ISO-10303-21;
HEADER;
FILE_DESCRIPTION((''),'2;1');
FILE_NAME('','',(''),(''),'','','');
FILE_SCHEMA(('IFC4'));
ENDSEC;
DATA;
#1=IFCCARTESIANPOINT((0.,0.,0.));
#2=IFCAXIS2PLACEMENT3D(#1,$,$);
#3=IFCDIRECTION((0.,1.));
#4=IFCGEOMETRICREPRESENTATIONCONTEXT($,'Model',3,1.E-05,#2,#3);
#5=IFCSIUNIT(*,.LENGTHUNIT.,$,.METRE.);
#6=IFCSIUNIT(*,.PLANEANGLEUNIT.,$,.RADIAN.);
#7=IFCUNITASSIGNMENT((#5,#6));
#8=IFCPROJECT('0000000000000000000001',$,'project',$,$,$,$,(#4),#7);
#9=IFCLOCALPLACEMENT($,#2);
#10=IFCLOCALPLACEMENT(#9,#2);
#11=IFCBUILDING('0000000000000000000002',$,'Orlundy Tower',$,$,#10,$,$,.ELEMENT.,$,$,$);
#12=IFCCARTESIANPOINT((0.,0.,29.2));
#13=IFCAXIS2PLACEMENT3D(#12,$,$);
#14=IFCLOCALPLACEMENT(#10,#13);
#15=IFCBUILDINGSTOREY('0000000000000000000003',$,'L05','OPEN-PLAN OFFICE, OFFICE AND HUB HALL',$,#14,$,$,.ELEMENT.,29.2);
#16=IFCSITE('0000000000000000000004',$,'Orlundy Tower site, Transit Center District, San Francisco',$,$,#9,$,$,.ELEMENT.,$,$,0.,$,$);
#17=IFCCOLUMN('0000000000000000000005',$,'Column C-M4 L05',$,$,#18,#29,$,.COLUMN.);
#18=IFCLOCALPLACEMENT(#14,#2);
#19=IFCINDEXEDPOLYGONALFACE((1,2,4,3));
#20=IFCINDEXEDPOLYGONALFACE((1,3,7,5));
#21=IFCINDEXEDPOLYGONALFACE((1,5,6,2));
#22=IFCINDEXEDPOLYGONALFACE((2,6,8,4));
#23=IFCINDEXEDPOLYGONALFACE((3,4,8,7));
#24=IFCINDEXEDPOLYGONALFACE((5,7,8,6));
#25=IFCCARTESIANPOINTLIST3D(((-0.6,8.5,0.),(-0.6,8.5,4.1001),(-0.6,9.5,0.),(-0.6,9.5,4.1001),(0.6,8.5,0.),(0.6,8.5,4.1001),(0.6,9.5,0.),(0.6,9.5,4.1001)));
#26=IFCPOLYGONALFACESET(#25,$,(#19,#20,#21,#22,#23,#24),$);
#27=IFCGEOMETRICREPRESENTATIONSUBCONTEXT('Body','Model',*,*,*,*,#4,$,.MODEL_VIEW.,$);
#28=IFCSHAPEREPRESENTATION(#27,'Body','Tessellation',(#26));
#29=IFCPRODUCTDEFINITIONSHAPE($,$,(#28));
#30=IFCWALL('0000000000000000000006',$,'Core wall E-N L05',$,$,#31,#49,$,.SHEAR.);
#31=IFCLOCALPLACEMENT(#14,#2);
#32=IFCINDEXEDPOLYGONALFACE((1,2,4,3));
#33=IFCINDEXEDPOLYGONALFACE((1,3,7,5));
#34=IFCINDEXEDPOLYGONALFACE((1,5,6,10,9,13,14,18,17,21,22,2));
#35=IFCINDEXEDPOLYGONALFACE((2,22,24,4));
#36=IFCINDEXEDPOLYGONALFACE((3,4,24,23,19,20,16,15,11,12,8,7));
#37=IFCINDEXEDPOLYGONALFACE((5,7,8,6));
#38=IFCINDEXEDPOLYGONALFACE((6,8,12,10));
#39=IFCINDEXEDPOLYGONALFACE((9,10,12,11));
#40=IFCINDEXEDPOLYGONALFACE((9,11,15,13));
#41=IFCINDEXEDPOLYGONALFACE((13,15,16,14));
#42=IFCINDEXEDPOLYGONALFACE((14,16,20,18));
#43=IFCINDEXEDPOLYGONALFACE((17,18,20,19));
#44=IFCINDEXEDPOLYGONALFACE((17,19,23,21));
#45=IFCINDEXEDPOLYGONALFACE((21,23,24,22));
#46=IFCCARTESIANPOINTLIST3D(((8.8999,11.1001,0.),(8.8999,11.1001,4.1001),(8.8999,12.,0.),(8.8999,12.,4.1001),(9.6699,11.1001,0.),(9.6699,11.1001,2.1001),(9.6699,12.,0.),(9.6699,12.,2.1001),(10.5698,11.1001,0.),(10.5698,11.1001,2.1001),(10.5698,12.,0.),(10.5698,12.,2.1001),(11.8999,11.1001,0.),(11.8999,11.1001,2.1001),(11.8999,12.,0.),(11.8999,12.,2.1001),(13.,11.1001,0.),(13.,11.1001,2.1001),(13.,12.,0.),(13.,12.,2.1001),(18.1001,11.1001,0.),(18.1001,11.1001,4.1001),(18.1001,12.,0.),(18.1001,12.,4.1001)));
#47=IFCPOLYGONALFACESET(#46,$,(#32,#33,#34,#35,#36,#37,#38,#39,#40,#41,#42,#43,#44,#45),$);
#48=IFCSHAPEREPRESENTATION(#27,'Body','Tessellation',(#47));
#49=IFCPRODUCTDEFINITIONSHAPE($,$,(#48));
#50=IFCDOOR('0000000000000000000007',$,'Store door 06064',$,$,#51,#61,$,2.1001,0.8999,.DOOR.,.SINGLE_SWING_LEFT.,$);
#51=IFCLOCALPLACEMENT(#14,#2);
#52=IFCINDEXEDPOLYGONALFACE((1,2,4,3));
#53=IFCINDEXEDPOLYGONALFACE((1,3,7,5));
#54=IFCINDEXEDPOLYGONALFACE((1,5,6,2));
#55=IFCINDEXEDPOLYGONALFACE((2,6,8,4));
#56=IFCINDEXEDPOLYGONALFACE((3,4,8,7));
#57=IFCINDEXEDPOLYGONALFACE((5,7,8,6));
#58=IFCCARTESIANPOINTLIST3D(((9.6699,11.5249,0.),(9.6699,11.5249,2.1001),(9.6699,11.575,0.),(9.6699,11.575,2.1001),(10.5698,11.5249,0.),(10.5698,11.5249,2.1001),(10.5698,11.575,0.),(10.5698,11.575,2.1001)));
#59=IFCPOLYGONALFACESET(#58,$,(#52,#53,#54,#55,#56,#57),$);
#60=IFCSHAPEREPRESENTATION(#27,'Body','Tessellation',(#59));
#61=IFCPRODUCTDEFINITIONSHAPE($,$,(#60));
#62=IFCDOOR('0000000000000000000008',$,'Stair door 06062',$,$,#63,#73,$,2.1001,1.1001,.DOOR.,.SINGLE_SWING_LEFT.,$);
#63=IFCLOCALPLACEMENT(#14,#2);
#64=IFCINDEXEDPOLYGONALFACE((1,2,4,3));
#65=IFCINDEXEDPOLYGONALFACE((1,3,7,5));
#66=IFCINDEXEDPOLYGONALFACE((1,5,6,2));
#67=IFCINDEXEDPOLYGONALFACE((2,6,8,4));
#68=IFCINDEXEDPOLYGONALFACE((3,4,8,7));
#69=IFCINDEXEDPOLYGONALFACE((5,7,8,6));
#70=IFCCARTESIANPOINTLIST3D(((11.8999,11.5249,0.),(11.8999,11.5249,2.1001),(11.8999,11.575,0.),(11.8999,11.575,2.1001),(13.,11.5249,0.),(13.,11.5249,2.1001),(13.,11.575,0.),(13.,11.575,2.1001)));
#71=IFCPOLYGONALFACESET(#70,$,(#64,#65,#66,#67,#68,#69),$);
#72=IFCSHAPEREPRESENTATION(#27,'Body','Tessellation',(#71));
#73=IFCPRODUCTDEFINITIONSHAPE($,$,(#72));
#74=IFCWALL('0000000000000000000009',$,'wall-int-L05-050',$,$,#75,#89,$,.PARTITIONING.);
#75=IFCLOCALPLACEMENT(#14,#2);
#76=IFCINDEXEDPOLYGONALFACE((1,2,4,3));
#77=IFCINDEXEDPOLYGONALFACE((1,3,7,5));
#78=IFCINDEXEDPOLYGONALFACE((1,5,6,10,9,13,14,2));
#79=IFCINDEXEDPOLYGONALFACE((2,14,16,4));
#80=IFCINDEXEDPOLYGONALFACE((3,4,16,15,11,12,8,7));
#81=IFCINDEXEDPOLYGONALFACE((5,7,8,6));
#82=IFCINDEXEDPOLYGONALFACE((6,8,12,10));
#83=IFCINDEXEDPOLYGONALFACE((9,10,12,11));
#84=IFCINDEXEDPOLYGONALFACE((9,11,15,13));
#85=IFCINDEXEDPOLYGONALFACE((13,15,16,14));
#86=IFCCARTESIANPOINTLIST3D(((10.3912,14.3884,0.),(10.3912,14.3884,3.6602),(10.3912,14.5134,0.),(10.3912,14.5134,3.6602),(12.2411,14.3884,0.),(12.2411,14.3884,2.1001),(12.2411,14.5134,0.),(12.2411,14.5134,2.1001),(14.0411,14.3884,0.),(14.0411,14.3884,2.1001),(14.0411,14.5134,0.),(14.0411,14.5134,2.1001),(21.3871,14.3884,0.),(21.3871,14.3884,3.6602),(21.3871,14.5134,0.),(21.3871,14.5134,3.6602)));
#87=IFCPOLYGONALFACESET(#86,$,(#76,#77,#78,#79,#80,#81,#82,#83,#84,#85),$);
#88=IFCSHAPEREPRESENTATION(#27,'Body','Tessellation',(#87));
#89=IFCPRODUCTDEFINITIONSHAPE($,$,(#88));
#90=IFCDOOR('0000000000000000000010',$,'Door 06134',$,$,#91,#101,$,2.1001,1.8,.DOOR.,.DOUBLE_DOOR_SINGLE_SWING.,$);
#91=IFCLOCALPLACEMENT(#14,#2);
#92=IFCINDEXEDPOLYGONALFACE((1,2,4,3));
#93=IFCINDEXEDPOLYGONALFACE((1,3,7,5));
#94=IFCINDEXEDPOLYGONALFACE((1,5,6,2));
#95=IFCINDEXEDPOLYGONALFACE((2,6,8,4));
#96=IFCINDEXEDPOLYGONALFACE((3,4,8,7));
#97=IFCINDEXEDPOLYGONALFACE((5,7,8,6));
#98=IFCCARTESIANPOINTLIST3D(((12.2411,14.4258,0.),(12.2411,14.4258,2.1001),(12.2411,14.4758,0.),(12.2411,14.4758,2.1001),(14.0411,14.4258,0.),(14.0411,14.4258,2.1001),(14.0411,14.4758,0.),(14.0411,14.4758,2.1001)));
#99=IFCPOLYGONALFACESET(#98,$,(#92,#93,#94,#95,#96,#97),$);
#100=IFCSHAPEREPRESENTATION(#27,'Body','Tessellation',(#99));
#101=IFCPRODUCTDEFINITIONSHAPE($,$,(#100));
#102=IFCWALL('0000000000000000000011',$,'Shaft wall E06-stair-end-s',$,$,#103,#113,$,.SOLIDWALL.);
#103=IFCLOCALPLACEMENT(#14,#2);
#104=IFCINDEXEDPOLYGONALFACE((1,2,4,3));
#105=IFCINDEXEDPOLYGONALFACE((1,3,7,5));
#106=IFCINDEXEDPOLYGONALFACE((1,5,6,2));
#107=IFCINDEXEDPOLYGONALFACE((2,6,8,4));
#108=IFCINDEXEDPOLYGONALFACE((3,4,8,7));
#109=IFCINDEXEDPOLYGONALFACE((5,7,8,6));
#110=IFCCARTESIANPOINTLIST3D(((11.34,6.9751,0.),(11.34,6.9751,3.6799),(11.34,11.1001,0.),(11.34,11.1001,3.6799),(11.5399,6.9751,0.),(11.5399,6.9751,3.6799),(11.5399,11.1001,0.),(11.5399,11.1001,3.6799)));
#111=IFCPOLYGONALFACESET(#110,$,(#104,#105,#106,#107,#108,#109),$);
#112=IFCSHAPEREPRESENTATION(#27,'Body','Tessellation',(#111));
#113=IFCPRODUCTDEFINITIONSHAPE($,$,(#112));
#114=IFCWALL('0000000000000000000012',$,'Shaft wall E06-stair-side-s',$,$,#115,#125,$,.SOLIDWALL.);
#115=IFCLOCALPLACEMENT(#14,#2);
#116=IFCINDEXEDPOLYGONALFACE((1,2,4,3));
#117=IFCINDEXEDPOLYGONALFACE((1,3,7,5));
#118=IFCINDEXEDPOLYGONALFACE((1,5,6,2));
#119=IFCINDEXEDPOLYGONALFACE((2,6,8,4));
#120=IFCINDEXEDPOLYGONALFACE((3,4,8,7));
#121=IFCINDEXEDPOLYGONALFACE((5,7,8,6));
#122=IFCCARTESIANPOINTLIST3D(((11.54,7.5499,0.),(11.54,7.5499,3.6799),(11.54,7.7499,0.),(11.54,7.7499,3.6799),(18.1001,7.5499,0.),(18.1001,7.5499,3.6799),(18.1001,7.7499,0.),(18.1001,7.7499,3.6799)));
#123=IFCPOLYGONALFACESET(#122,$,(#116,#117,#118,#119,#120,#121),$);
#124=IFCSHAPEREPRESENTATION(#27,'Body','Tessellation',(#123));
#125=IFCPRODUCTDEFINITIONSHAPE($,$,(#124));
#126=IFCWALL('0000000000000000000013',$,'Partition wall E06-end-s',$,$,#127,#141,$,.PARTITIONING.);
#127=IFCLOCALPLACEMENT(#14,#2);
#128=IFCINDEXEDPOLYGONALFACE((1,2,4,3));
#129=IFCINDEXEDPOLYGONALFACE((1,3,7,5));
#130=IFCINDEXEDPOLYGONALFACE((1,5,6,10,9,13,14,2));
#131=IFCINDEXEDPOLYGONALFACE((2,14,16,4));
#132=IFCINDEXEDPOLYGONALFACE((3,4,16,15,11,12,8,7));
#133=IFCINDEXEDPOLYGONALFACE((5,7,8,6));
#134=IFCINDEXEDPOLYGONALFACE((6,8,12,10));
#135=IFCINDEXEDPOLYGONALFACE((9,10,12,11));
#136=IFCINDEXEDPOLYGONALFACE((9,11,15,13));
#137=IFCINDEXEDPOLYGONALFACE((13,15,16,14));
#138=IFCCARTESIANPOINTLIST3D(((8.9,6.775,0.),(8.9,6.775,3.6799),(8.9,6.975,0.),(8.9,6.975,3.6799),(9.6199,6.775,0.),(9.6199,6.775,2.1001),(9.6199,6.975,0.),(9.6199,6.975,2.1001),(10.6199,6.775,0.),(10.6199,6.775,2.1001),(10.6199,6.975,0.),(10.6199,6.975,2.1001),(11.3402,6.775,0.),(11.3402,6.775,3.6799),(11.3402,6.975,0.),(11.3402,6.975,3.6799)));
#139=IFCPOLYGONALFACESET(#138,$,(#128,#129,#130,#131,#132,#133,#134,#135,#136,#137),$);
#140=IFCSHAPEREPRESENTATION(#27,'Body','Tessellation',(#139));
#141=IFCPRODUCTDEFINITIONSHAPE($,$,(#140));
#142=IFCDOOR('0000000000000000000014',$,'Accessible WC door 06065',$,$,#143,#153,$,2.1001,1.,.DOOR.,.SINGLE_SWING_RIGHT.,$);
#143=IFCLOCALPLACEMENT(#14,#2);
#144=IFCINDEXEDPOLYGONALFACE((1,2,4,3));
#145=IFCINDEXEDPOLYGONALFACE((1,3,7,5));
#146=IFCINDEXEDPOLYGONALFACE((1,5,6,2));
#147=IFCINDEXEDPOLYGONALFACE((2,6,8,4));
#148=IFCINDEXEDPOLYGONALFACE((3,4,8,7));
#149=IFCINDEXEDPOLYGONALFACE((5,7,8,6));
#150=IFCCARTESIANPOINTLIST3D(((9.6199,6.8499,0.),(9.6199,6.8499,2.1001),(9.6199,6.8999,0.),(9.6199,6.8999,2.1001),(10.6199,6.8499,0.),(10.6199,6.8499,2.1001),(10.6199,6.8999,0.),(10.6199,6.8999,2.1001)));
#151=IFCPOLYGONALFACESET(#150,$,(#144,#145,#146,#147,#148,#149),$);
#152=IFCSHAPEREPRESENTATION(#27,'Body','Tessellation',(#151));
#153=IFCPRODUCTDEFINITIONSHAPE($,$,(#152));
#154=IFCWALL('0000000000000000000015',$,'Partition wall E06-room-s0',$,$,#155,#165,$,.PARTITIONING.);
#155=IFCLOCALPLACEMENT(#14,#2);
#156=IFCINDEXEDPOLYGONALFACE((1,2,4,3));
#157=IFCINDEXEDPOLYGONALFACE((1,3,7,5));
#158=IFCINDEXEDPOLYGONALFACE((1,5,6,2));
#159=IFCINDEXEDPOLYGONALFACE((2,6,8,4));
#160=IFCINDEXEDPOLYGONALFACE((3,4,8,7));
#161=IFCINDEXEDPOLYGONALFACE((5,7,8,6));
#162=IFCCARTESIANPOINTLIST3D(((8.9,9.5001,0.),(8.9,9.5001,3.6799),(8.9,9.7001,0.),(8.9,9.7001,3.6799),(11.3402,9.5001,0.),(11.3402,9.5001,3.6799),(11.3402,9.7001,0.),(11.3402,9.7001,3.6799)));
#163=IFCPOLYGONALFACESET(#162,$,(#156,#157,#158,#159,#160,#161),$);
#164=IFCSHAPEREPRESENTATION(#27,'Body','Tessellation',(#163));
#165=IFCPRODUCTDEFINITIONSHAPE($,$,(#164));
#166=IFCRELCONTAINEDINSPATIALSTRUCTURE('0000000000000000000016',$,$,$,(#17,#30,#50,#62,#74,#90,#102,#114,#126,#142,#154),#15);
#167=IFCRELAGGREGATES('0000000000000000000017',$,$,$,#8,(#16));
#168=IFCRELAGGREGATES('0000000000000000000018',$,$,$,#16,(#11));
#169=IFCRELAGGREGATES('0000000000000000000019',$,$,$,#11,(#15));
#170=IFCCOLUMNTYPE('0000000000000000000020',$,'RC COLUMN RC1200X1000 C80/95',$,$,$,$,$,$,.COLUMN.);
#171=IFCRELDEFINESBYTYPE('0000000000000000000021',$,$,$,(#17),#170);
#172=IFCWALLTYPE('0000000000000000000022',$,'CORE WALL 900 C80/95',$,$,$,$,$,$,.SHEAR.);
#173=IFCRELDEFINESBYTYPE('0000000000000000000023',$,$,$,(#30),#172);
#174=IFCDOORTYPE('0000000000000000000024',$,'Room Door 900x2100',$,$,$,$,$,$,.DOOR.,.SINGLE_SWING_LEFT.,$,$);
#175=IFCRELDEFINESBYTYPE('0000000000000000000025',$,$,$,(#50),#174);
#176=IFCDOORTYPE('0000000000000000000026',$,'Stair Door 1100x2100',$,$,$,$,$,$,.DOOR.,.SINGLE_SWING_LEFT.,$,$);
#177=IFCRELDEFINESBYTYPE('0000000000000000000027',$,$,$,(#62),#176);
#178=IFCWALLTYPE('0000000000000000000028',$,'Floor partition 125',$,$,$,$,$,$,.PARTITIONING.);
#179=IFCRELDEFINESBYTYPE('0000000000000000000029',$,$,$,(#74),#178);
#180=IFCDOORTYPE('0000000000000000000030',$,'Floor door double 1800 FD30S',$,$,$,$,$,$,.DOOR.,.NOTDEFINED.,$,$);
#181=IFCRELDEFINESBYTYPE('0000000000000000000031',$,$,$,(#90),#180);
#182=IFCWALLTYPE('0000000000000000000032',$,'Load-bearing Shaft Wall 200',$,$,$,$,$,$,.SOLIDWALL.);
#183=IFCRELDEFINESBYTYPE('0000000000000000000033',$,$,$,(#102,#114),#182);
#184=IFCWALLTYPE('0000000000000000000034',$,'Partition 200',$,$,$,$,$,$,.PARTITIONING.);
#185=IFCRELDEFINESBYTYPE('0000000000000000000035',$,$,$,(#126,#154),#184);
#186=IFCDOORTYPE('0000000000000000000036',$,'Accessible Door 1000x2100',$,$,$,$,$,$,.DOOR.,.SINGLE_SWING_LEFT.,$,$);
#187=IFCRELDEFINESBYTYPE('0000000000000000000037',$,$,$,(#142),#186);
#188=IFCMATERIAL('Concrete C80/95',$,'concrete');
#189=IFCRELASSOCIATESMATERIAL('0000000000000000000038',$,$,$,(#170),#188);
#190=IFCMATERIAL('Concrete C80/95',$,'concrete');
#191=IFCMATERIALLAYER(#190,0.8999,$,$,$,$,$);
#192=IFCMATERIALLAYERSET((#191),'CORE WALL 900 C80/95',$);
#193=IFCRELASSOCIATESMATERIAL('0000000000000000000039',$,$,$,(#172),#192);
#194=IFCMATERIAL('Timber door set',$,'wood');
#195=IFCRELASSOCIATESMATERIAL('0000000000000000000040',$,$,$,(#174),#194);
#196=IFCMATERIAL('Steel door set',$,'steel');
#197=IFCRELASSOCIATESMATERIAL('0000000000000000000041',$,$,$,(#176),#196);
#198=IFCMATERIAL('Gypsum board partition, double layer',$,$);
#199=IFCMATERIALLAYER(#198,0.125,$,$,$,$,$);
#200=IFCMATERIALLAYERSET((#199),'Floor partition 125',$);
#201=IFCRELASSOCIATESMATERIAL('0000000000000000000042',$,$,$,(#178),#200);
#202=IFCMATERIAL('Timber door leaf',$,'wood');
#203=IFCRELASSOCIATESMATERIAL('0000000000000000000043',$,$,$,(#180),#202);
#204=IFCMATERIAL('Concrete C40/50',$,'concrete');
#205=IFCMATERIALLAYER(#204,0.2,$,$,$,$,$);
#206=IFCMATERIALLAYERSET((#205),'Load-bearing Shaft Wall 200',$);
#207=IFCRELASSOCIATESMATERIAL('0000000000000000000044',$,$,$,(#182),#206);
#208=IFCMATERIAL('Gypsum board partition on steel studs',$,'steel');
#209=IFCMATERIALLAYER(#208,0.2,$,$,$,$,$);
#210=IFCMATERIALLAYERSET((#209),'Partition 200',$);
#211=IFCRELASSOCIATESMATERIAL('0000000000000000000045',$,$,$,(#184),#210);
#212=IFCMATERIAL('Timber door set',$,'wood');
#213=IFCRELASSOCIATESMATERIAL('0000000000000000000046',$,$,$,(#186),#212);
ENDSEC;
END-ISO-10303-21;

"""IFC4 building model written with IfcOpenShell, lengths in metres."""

from ifc_helpers import new_model, si_unit, direction, frame, frame_2d, origin, origin_2d, place, context, subcontext, project, spatial, rectangle, extrude, material, layer, layer_set, material_profile, profile_set, type_object, element, fill, save


model = new_model("IFC4")

# Units and contexts
model_context = context("Model", 3, precision=1e-05, world=origin(), true_north=direction((0.0, 1.0)))
body_context = subcontext(model_context, "Body", "Model", "MODEL_VIEW")
ifc_project = project(units=[si_unit("LENGTHUNIT", "METRE"), si_unit("PLANEANGLEUNIT", "RADIAN")], contexts=[model_context])

# Site, building, storey
site_placement = place(None, origin())
site = spatial("IfcSite", under=ifc_project, at=site_placement, Name="Orlundy Tower site, Transit Center District, San Francisco", CompositionType="ELEMENT", RefElevation=0.0)
building_placement = place(site_placement, origin())
building = spatial("IfcBuilding", under=site, at=building_placement, Name="Orlundy Tower", CompositionType="ELEMENT")
storey_placement = place(building_placement, frame((0.0, 0.0, 29.2)))
storey = spatial("IfcBuildingStorey", under=building, at=storey_placement, Name="L05", Description="OPEN-PLAN OFFICE, OFFICE AND HUB HALL", CompositionType="ELEMENT", Elevation=29.2)

# Column
ifc_material_1 = material(Name="Concrete C80/95", Category="concrete")
ifc_material_profile = material_profile(ifc_material_1, rectangle(XDim=1.2, YDim=1.0, at=origin_2d()), Name="RC1200X1000")
ifc_profile_set = profile_set([ifc_material_profile], Name="Concrete C80/95")
column_type = type_object("IfcColumnType", Name="RC COLUMN RC1200X1000 C80/95", PredefinedType="COLUMN", material=ifc_profile_set)
column_placement = place(storey_placement, frame((0.0, 9.0, 0.0), z_axis=(0.0, 0.0, 1.0), x_axis=(1.0, 0.0, 0.0)))
element("IfcColumn", 1, at=column_placement, inside=storey, type_object=column_type, Name="Column C-M4 L05", PredefinedType="COLUMN", context=body_context, shape_type="SweptSolid", body=[
    extrude(rectangle(XDim=1.2, YDim=1.0, at=origin_2d()), origin(), (0.0, 0.0, 1.0), 4.1001),
])

# Wall, openings, doors
ifc_material_2 = material(Name="Concrete C80/95", Category="concrete")
ifc_layer_1 = layer(ifc_material_2, 0.8999)
ifc_layer_set_1 = layer_set([ifc_layer_1], Name="CORE WALL 900 C80/95")
wall_type_1 = type_object("IfcWallType", Name="CORE WALL 900 C80/95", PredefinedType="SHEAR", material=ifc_layer_set_1)
wall_1_placement = place(storey_placement, frame((8.8999, 11.55, 0.0), z_axis=(0.0, 0.0, 1.0), x_axis=(1.0, 0.0, 0.0)))
wall_1 = element("IfcWall", 2, at=wall_1_placement, inside=storey, type_object=wall_type_1, Name="Core wall E-N L05", PredefinedType="SHEAR", context=body_context, shape_type="SweptSolid", body=[
    extrude(rectangle(XDim=9.2002, YDim=0.8999, at=frame_2d((4.6001, 0.0))), origin(), (0.0, 0.0, 1.0), 4.1001),
])
opening_1_placement = place(wall_1_placement, frame((3.0, 0.0, 0.0)))
opening_1 = element("IfcOpeningElement", 3, at=opening_1_placement, cuts=wall_1, PredefinedType="OPENING", context=body_context, shape_type="SweptSolid", body=[
    extrude(rectangle(XDim=1.1001, YDim=2.1001, at=frame_2d((0.55, 1.05))), frame((0.0, 0.46, 0.0), z_axis=(0.0, -1.0, 0.0), x_axis=(1.0, 0.0, 0.0)), (0.0, 0.0, 1.0), 0.9199),
])
opening_2_placement = place(wall_1_placement, frame((0.77, 0.0, 0.0)))
opening_2 = element("IfcOpeningElement", 4, at=opening_2_placement, cuts=wall_1, PredefinedType="OPENING", context=body_context, shape_type="SweptSolid", body=[
    extrude(rectangle(XDim=0.8999, YDim=2.1001, at=frame_2d((0.45, 1.05))), frame((0.0, 0.46, 0.0), z_axis=(0.0, -1.0, 0.0), x_axis=(1.0, 0.0, 0.0)), (0.0, 0.0, 1.0), 0.9199),
])
ifc_material_3 = material(Name="Timber door set", Category="wood")
door_type_1 = type_object("IfcDoorType", Name="Room Door 900x2100", OperationType="SINGLE_SWING_LEFT", PredefinedType="DOOR", material=ifc_material_3)
door_1_placement = place(opening_2_placement, origin())
door_1 = element("IfcDoor", 5, at=door_1_placement, inside=storey, type_object=door_type_1, Name="Store door 06064", OperationType="SINGLE_SWING_LEFT", OverallHeight=2.1001, OverallWidth=0.8999, PredefinedType="DOOR", context=body_context, shape_type="SweptSolid", body=[
    extrude(rectangle(XDim=0.8999, YDim=2.1001, at=frame_2d((0.45, 1.05))), frame((0.0, 0.0249, 0.0), z_axis=(0.0, -1.0, 0.0), x_axis=(1.0, 0.0, 0.0)), (0.0, 0.0, 1.0), 0.05),
])
fill(opening_2, door_1)
ifc_material_4 = material(Name="Steel door set", Category="steel")
door_type_2 = type_object("IfcDoorType", Name="Stair Door 1100x2100", OperationType="SINGLE_SWING_LEFT", PredefinedType="DOOR", material=ifc_material_4)
door_2_placement = place(opening_1_placement, origin())
door_2 = element("IfcDoor", 6, at=door_2_placement, inside=storey, type_object=door_type_2, Name="Stair door 06062", OperationType="SINGLE_SWING_LEFT", OverallHeight=2.1001, OverallWidth=1.1001, PredefinedType="DOOR", context=body_context, shape_type="SweptSolid", body=[
    extrude(rectangle(XDim=1.1001, YDim=2.1001, at=frame_2d((0.55, 1.05))), frame((0.0, 0.0249, 0.0), z_axis=(0.0, -1.0, 0.0), x_axis=(1.0, 0.0, 0.0)), (0.0, 0.0, 1.0), 0.05),
])
fill(opening_1, door_2)

# Wall, opening, door
ifc_material_5 = material(Name="Gypsum board partition, double layer")
ifc_layer_2 = layer(ifc_material_5, 0.125)
ifc_layer_set_2 = layer_set([ifc_layer_2], Name="Floor partition 125")
wall_type_2 = type_object("IfcWallType", Name="Floor partition 125", PredefinedType="PARTITIONING", material=ifc_layer_set_2)
wall_2_placement = place(storey_placement, frame((10.3911, 14.4509, 0.0), z_axis=(0.0, 0.0, 1.0), x_axis=(1.0, 0.0, 0.0)))
wall_2 = element("IfcWall", 7, at=wall_2_placement, inside=storey, type_object=wall_type_2, Name="wall-int-L05-050", PredefinedType="PARTITIONING", context=body_context, shape_type="SweptSolid", body=[
    extrude(rectangle(XDim=10.9958, YDim=0.125, at=frame_2d((5.498, 0.0))), origin(), (0.0, 0.0, 1.0), 3.6602),
])
opening_3_placement = place(wall_2_placement, frame((1.8501, 0.0, 0.0)))
opening_3 = element("IfcOpeningElement", 8, at=opening_3_placement, cuts=wall_2, PredefinedType="OPENING", context=body_context, shape_type="SweptSolid", body=[
    extrude(rectangle(XDim=1.8, YDim=2.1001, at=frame_2d((0.8999, 1.05))), frame((0.0, 0.0725, 0.0), z_axis=(0.0, -1.0, 0.0), x_axis=(1.0, 0.0, 0.0)), (0.0, 0.0, 1.0), 0.145),
])
ifc_material_6 = material(Name="Timber door leaf", Category="wood")
door_type_3 = type_object("IfcDoorType", Name="Floor door double 1800 FD30S", OperationType="NOTDEFINED", PredefinedType="DOOR", material=ifc_material_6)
door_3_placement = place(opening_3_placement, origin())
door_3 = element("IfcDoor", 9, at=door_3_placement, inside=storey, type_object=door_type_3, Name="Door 06134", OperationType="DOUBLE_DOOR_SINGLE_SWING", OverallHeight=2.1001, OverallWidth=1.8, PredefinedType="DOOR", context=body_context, shape_type="SweptSolid", body=[
    extrude(rectangle(XDim=1.8, YDim=2.1001, at=frame_2d((0.8999, 1.05))), frame((0.0, 0.0249, 0.0), z_axis=(0.0, -1.0, 0.0), x_axis=(1.0, 0.0, 0.0)), (0.0, 0.0, 1.0), 0.05),
])
fill(opening_3, door_3)

# Walls
ifc_material_7 = material(Name="Concrete C40/50", Category="concrete")
ifc_layer_3 = layer(ifc_material_7, 0.2)
ifc_layer_set_3 = layer_set([ifc_layer_3], Name="Load-bearing Shaft Wall 200")
wall_type_3 = type_object("IfcWallType", Name="Load-bearing Shaft Wall 200", PredefinedType="SOLIDWALL", material=ifc_layer_set_3)
wall_3_placement = place(storey_placement, frame((11.4399, 11.1001, 0.0), z_axis=(0.0, 0.0, 1.0), x_axis=(0.0, -1.0, 0.0)))
element("IfcWall", 10, at=wall_3_placement, inside=storey, type_object=wall_type_3, Name="Shaft wall E06-stair-end-s", PredefinedType="SOLIDWALL", context=body_context, shape_type="SweptSolid", body=[
    extrude(rectangle(XDim=4.125, YDim=0.2, at=frame_2d((2.0625, 0.0))), origin(), (0.0, 0.0, 1.0), 3.6799),
])
wall_4_placement = place(storey_placement, frame((11.54, 7.6499, 0.0), z_axis=(0.0, 0.0, 1.0), x_axis=(1.0, 0.0, 0.0)))
element("IfcWall", 11, at=wall_4_placement, inside=storey, type_object=wall_type_3, Name="Shaft wall E06-stair-side-s", PredefinedType="SOLIDWALL", context=body_context, shape_type="SweptSolid", body=[
    extrude(rectangle(XDim=6.5601, YDim=0.2, at=frame_2d((3.28, 0.0))), origin(), (0.0, 0.0, 1.0), 3.6799),
])

# Wall, opening, door
ifc_material_8 = material(Name="Gypsum board partition on steel studs", Category="steel")
ifc_layer_4 = layer(ifc_material_8, 0.2)
ifc_layer_set_4 = layer_set([ifc_layer_4], Name="Partition 200")
wall_type_4 = type_object("IfcWallType", Name="Partition 200", PredefinedType="PARTITIONING", material=ifc_layer_set_4)
wall_5_placement = place(storey_placement, frame((8.8999, 6.875, 0.0), z_axis=(0.0, 0.0, 1.0), x_axis=(1.0, 0.0, 0.0)))
wall_5 = element("IfcWall", 12, at=wall_5_placement, inside=storey, type_object=wall_type_4, Name="Partition wall E06-end-s", PredefinedType="PARTITIONING", context=body_context, shape_type="SweptSolid", body=[
    extrude(rectangle(XDim=2.4402, YDim=0.2, at=frame_2d((1.2202, 0.0))), origin(), (0.0, 0.0, 1.0), 3.6799),
])
opening_4_placement = place(wall_5_placement, frame((0.72, 0.0, 0.0)))
opening_4 = element("IfcOpeningElement", 13, at=opening_4_placement, cuts=wall_5, PredefinedType="OPENING", context=body_context, shape_type="SweptSolid", body=[
    extrude(rectangle(XDim=1.0, YDim=2.1001, at=frame_2d((0.5, 1.05))), frame((0.0, 0.1101, 0.0), z_axis=(0.0, -1.0, 0.0), x_axis=(1.0, 0.0, 0.0)), (0.0, 0.0, 1.0), 0.2202),
])
ifc_material_9 = material(Name="Timber door set", Category="wood")
door_type_4 = type_object("IfcDoorType", Name="Accessible Door 1000x2100", OperationType="SINGLE_SWING_LEFT", PredefinedType="DOOR", material=ifc_material_9)
door_4_placement = place(opening_4_placement, origin())
door_4 = element("IfcDoor", 14, at=door_4_placement, inside=storey, type_object=door_type_4, Name="Accessible WC door 06065", OperationType="SINGLE_SWING_RIGHT", OverallHeight=2.1001, OverallWidth=1.0, PredefinedType="DOOR", context=body_context, shape_type="SweptSolid", body=[
    extrude(rectangle(XDim=1.0, YDim=2.1001, at=frame_2d((0.5, 1.05))), frame((0.0, 0.0249, 0.0), z_axis=(0.0, -1.0, 0.0), x_axis=(1.0, 0.0, 0.0)), (0.0, 0.0, 1.0), 0.05),
])
fill(opening_4, door_4)

# Wall
wall_6_placement = place(storey_placement, frame((8.8999, 9.6001, 0.0), z_axis=(0.0, 0.0, 1.0), x_axis=(1.0, 0.0, 0.0)))
element("IfcWall", 15, at=wall_6_placement, inside=storey, type_object=wall_type_4, Name="Partition wall E06-room-s0", PredefinedType="PARTITIONING", context=body_context, shape_type="SweptSolid", body=[
    extrude(rectangle(XDim=2.4402, YDim=0.2, at=frame_2d((1.2202, 0.0))), origin(), (0.0, 0.0, 1.0), 3.6799),
])

save(model, "model.ifc")
